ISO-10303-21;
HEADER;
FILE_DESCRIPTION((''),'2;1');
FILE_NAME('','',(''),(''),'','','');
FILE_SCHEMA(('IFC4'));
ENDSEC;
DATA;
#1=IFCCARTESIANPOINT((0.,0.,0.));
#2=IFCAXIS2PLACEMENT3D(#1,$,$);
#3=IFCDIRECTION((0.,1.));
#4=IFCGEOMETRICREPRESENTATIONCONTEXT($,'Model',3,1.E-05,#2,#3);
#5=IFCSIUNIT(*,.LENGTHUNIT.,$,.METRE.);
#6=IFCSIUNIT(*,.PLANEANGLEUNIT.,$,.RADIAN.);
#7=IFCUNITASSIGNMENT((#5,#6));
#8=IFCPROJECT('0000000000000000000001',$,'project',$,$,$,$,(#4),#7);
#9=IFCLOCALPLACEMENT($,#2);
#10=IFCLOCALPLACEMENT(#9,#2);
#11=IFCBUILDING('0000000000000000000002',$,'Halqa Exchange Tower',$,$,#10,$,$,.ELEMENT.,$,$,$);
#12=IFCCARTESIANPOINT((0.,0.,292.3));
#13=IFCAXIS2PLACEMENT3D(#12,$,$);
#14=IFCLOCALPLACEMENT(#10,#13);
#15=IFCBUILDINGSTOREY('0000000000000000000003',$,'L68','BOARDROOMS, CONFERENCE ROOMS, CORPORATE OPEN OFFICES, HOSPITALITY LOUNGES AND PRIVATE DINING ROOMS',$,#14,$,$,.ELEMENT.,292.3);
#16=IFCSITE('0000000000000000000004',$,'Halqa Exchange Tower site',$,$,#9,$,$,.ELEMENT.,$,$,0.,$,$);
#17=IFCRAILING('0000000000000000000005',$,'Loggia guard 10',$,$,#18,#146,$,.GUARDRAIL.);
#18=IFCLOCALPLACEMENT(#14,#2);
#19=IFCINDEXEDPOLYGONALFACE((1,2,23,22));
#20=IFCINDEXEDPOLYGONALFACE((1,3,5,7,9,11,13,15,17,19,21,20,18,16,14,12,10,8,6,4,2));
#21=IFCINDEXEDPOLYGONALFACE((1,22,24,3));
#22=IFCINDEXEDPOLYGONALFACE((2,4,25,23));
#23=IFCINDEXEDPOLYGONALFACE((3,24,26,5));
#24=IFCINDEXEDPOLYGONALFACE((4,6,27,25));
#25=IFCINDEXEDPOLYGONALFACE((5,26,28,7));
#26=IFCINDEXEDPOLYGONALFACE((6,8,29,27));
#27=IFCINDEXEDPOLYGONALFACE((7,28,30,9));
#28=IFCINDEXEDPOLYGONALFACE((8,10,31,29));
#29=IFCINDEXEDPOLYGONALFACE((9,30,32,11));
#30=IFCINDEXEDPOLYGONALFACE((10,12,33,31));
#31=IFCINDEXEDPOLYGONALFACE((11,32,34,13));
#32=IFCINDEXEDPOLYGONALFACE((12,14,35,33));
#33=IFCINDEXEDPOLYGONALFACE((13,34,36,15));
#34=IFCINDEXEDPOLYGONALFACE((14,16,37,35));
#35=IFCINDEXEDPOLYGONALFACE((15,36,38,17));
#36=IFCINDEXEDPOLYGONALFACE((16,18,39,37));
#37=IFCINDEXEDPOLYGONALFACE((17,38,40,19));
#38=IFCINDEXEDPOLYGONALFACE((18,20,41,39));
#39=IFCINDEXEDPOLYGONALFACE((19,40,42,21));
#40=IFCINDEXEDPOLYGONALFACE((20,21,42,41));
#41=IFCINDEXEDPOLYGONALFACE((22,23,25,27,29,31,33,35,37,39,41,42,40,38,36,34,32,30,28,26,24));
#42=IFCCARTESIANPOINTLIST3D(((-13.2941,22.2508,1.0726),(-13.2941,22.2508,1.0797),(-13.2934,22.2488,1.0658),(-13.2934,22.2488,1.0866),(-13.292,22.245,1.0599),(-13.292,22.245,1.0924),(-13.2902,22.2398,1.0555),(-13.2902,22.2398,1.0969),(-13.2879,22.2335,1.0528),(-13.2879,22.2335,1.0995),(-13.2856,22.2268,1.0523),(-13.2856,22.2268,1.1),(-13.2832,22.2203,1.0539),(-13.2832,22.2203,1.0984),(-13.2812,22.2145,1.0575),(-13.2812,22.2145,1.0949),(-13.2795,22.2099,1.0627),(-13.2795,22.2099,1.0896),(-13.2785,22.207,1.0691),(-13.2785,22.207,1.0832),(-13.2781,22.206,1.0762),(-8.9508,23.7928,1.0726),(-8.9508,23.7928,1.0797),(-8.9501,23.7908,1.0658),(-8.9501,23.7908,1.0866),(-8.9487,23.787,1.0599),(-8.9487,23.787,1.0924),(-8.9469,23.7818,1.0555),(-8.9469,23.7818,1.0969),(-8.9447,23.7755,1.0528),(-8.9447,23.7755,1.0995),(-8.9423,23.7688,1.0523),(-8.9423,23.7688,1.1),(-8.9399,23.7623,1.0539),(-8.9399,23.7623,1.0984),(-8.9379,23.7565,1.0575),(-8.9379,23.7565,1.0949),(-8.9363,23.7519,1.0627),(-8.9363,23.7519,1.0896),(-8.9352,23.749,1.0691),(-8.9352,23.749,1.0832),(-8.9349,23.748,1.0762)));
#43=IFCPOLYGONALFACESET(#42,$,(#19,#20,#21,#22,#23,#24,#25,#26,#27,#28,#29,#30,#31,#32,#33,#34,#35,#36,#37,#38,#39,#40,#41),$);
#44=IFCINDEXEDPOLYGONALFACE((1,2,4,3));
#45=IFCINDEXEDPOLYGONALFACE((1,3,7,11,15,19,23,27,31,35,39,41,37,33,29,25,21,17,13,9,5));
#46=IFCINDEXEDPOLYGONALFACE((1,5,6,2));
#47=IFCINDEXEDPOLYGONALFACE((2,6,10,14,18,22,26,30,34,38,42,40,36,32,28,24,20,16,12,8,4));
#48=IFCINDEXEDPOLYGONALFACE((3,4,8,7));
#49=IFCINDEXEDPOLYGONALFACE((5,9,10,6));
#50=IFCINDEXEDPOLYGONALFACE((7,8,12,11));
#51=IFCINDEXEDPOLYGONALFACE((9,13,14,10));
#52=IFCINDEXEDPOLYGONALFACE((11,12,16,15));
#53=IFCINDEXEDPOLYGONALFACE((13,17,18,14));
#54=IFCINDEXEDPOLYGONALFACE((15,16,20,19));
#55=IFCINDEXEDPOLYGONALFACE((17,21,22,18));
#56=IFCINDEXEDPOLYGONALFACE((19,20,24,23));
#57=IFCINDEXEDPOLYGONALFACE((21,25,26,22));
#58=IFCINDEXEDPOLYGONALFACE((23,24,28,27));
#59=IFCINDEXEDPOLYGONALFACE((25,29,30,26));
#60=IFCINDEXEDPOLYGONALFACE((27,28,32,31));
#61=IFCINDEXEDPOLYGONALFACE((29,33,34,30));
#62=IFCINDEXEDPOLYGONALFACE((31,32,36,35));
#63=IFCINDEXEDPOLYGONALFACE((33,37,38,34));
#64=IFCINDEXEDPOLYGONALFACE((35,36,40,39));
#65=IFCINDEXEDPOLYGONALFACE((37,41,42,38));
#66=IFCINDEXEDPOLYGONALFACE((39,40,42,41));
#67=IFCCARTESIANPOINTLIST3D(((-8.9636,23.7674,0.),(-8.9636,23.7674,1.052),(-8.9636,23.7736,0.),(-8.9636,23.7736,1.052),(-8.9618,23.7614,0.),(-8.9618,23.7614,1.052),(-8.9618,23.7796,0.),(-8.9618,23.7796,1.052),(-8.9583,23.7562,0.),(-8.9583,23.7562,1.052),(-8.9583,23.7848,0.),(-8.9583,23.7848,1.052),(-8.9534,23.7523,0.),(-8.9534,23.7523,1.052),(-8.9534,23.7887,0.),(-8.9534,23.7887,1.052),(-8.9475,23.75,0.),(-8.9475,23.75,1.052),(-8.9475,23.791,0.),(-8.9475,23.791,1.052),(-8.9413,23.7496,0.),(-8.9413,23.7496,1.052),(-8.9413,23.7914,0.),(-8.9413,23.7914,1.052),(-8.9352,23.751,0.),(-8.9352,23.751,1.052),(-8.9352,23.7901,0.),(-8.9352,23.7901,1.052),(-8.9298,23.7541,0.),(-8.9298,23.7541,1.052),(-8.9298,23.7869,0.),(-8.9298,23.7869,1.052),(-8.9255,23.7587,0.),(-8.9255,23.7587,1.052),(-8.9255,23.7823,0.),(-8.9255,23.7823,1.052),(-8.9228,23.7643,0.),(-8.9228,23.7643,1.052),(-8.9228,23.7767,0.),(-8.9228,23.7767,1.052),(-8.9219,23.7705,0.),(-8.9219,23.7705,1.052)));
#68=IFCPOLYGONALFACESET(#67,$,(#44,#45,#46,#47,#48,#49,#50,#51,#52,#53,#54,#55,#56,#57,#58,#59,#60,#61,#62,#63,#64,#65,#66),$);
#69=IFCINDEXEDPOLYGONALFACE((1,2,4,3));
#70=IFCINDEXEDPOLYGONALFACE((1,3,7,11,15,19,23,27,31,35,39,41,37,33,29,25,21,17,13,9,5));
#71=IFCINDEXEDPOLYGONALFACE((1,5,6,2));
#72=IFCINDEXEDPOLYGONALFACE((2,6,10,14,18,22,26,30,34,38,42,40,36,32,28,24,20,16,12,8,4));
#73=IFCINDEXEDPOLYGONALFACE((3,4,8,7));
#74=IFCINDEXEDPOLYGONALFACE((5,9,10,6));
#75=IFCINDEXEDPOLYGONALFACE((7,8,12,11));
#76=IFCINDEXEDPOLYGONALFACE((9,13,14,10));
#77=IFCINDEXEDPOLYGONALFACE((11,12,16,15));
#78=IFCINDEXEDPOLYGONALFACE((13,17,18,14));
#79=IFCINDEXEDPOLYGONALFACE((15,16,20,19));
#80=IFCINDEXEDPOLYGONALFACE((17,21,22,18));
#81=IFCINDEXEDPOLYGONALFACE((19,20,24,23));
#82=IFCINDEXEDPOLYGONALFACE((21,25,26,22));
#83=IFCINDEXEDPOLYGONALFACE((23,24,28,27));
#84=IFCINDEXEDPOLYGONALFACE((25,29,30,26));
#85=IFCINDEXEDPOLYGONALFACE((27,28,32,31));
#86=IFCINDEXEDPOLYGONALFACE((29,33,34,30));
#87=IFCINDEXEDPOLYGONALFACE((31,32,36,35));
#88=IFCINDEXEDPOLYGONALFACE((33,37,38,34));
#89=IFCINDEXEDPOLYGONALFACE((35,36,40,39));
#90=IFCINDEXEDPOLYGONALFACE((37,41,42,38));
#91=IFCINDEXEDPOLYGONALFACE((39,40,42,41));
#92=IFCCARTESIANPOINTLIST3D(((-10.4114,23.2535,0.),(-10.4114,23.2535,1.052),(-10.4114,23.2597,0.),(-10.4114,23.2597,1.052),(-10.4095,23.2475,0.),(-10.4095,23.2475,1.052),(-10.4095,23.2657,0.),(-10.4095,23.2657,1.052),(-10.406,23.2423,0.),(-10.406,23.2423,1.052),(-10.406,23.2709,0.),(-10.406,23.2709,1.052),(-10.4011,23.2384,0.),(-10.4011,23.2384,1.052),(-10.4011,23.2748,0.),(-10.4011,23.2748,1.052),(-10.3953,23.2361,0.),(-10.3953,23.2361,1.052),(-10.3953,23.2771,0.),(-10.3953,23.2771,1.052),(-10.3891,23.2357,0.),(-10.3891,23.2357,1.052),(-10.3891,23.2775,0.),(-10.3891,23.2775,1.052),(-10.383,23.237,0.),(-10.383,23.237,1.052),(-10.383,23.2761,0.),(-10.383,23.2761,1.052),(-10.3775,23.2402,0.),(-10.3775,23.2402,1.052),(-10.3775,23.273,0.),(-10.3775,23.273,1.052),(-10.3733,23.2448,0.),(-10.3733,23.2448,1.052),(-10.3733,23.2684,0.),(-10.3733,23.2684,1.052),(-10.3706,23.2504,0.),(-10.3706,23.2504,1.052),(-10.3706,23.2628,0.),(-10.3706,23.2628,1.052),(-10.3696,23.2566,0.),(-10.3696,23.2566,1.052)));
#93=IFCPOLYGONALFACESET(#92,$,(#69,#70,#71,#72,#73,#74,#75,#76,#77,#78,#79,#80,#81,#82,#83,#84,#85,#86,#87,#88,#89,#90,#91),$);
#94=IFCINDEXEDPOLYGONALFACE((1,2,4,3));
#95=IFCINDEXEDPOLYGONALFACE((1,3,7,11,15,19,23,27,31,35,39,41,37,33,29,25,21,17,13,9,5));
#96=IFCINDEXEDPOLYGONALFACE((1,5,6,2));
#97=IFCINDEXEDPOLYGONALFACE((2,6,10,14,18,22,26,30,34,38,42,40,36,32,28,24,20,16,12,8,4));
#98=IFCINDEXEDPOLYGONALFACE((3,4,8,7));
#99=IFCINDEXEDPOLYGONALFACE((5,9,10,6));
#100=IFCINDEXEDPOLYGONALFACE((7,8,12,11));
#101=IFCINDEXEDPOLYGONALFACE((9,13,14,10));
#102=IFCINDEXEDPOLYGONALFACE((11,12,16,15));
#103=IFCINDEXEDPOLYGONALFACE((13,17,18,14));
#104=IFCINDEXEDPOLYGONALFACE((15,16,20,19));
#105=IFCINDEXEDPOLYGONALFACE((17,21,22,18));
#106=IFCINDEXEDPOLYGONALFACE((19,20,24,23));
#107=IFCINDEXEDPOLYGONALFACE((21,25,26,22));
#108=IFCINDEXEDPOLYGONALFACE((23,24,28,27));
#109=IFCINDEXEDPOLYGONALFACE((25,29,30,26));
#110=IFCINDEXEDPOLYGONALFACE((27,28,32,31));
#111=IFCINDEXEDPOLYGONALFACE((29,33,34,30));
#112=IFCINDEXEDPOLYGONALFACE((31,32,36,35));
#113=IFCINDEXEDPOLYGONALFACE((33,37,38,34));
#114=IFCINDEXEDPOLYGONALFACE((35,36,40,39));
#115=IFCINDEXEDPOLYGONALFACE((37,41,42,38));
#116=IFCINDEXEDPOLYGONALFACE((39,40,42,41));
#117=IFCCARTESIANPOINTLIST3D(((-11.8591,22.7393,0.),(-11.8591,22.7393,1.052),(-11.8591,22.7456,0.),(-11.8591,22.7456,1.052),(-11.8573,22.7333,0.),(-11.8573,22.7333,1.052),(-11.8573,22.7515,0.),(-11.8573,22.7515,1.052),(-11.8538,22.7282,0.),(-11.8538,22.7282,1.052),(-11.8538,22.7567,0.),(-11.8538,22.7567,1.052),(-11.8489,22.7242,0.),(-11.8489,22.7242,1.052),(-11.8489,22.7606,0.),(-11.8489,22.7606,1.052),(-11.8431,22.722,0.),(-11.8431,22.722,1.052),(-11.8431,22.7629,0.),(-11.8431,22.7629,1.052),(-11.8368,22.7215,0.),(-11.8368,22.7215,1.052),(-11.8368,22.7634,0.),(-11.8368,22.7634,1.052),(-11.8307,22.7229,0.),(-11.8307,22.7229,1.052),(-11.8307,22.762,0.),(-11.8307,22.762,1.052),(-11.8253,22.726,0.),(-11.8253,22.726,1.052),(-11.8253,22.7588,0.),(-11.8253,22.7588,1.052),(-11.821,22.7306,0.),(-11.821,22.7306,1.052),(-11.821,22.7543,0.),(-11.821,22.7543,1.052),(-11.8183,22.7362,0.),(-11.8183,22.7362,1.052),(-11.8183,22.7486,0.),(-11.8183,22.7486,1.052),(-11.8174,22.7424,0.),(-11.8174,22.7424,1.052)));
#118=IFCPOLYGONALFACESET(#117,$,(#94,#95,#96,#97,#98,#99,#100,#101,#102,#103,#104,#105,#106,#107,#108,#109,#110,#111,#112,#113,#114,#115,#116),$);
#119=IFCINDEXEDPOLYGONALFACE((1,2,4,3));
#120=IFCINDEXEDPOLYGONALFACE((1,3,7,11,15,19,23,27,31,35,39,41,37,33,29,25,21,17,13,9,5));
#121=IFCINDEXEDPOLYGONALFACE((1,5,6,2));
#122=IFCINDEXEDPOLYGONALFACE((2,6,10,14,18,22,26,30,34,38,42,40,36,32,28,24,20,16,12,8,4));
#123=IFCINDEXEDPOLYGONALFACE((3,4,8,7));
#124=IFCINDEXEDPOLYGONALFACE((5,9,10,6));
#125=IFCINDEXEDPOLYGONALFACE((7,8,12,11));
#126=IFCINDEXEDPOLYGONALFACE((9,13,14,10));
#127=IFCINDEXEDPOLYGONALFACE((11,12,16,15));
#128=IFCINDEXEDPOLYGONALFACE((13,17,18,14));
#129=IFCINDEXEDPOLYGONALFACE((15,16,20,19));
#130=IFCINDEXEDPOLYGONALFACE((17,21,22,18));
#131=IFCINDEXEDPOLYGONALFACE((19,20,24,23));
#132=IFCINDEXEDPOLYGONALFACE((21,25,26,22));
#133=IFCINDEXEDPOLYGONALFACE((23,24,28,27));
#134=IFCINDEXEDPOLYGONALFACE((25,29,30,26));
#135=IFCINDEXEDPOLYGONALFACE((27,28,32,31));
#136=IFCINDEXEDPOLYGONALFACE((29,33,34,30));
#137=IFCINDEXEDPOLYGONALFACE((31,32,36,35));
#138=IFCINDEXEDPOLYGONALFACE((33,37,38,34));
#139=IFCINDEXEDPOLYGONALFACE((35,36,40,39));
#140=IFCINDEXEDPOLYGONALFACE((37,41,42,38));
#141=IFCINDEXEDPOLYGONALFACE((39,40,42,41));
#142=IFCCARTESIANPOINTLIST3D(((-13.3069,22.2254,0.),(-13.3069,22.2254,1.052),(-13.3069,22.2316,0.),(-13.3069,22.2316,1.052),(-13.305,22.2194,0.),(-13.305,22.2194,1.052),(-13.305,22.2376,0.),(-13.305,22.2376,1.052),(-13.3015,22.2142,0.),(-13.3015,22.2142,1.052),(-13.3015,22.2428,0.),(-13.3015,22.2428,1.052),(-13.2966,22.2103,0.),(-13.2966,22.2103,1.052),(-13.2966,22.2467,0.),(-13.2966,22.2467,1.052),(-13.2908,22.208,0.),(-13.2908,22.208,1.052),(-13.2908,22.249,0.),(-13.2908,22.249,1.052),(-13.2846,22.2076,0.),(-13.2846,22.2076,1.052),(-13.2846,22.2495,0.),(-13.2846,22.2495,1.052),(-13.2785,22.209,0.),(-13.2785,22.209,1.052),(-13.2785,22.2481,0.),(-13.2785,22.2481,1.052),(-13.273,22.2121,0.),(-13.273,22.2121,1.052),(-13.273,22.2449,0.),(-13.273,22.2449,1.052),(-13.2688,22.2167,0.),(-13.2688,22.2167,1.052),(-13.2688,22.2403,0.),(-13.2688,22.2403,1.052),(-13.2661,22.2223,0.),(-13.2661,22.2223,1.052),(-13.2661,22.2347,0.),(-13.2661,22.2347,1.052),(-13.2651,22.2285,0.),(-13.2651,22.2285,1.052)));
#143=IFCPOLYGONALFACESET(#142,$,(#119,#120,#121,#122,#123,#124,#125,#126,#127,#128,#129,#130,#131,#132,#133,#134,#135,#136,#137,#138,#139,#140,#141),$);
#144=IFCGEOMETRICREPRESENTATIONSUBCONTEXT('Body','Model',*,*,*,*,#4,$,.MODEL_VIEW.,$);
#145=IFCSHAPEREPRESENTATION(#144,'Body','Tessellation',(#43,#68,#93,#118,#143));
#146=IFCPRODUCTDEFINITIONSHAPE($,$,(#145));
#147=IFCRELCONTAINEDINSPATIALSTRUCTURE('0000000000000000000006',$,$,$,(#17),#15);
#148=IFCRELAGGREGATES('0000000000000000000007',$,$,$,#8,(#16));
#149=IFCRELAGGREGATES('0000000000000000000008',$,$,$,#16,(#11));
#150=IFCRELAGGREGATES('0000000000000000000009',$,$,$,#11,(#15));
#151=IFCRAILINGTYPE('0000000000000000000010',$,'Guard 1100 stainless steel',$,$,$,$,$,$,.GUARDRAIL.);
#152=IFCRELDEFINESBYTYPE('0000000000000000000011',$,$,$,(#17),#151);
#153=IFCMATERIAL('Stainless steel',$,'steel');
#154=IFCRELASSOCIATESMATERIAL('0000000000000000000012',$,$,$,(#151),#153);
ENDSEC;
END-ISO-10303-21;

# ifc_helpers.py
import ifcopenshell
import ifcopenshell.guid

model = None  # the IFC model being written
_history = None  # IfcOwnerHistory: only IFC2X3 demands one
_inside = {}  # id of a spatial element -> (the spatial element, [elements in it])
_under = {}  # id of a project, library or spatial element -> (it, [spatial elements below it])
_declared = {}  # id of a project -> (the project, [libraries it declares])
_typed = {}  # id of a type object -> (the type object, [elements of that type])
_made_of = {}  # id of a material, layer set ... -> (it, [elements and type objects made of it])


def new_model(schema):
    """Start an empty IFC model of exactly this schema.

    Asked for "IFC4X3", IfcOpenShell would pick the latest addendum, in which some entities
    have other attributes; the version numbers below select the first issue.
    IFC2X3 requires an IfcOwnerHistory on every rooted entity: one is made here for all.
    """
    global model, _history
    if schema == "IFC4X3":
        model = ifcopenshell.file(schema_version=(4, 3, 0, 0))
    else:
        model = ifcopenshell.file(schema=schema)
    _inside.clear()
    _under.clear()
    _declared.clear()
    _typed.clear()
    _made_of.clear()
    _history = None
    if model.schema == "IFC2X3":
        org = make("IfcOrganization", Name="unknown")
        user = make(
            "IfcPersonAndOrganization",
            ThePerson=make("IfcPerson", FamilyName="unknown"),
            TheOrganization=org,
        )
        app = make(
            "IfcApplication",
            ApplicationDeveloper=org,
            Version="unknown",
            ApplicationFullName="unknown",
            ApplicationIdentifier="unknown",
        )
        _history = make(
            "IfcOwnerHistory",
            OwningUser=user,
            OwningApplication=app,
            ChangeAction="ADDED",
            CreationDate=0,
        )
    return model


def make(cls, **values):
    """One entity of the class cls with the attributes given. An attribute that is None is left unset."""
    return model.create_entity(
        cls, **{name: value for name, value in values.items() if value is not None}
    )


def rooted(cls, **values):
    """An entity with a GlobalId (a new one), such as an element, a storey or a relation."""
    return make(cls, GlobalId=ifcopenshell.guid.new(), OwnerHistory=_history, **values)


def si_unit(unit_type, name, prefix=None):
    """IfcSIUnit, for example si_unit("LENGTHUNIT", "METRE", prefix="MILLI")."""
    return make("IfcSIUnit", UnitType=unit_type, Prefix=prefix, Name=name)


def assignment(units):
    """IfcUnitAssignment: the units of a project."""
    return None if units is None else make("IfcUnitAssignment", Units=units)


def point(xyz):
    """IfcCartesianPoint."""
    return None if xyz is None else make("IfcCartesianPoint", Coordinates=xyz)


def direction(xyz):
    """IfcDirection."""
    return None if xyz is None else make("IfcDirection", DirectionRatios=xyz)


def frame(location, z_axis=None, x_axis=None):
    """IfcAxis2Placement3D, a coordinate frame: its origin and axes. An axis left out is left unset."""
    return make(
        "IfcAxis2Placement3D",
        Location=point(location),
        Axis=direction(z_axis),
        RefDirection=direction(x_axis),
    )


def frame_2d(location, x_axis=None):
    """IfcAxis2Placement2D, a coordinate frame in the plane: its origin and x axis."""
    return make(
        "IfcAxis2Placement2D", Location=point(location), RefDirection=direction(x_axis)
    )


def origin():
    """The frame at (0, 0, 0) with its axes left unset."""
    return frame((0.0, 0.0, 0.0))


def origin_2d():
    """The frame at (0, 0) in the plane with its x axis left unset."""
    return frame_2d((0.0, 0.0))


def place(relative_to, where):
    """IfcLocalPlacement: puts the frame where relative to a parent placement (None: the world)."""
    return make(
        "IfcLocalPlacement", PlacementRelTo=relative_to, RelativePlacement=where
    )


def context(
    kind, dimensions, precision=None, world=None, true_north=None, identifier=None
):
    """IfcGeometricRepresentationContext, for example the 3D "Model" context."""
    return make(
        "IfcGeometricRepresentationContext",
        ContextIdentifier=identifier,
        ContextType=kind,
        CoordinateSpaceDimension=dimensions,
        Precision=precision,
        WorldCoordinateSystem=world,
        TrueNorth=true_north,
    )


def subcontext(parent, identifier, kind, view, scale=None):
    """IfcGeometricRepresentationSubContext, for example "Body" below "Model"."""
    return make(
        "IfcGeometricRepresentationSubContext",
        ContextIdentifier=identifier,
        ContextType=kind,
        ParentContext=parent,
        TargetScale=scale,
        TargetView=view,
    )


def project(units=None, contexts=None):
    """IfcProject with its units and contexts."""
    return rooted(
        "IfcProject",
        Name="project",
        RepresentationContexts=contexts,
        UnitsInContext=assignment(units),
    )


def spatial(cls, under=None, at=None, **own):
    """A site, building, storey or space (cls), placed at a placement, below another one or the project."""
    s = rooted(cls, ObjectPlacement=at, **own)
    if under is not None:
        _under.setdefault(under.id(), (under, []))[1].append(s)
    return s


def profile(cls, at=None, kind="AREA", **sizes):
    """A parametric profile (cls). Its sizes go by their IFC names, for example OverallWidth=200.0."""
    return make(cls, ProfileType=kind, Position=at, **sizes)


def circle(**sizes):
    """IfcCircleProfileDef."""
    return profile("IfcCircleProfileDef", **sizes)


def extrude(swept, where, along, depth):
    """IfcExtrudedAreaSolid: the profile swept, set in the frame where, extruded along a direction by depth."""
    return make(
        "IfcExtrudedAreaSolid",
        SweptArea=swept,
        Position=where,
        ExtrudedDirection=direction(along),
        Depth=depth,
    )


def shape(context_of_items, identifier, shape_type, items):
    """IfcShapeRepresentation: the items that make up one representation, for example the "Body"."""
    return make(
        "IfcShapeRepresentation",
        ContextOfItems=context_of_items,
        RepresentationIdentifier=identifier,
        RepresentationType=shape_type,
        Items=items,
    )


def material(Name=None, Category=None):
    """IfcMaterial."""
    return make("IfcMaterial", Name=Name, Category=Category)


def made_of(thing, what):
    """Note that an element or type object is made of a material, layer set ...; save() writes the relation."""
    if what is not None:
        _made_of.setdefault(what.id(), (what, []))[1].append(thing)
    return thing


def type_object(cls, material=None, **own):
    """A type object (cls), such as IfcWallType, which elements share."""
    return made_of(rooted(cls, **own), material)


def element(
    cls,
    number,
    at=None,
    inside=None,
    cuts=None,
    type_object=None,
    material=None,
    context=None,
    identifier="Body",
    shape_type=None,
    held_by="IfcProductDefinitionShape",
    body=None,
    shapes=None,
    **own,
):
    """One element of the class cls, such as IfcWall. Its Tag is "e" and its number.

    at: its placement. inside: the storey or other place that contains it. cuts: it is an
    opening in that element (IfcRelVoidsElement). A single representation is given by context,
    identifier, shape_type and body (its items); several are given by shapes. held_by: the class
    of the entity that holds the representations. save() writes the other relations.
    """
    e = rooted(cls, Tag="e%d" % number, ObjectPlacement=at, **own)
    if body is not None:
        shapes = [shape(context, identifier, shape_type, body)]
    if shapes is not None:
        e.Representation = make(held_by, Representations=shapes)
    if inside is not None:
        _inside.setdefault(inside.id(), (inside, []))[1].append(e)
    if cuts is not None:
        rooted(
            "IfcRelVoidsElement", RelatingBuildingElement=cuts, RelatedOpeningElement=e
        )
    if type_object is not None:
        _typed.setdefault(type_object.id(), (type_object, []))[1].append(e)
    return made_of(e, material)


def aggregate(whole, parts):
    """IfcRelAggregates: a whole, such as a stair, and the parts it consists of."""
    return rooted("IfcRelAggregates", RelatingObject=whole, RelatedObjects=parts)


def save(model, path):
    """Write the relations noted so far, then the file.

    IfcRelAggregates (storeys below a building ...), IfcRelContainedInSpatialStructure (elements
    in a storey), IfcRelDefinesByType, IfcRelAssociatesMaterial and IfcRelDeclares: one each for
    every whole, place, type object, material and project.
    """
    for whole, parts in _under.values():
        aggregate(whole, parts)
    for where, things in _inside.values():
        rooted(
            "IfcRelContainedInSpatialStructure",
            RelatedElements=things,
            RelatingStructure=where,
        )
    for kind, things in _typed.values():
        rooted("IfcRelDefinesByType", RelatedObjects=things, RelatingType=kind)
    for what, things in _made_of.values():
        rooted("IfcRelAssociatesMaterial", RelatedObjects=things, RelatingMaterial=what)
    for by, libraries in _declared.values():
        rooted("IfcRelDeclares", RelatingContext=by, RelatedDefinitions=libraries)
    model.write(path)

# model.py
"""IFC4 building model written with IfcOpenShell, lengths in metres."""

from ifc_helpers import new_model, si_unit, direction, frame, origin, origin_2d, place, context, subcontext, project, spatial, circle, extrude, material, type_object, element, save


model = new_model("IFC4")

# Units and contexts
model_context = context("Model", 3, precision=1e-05, world=origin(), true_north=direction((0.0, 1.0)))
body_context = subcontext(model_context, "Body", "Model", "MODEL_VIEW")
ifc_project = project(units=[si_unit("LENGTHUNIT", "METRE"), si_unit("PLANEANGLEUNIT", "RADIAN")], contexts=[model_context])

# Site, building, storey
site_placement = place(None, origin())
site = spatial("IfcSite", under=ifc_project, at=site_placement, Name="Halqa Exchange Tower site", CompositionType="ELEMENT", RefElevation=0.0)
building_placement = place(site_placement, origin())
building = spatial("IfcBuilding", under=site, at=building_placement, Name="Halqa Exchange Tower", CompositionType="ELEMENT")
storey_placement = place(building_placement, frame((0.0, 0.0, 292.3)))
storey = spatial("IfcBuildingStorey", under=building, at=storey_placement, Name="L68", Description="BOARDROOMS, CONFERENCE ROOMS, CORPORATE OPEN OFFICES, HOSPITALITY LOUNGES AND PRIVATE DINING ROOMS", CompositionType="ELEMENT", Elevation=292.3)

# Railing
ifc_material_1 = material(Name="Stainless steel", Category="steel")
railing_type_1 = type_object("IfcRailingType", Name="Guard 1100 stainless steel", PredefinedType="GUARDRAIL", material=ifc_material_1)
railing_1_placement = place(storey_placement, frame((-8.9429, 23.7705, 0.0)))
element("IfcRailing", 1, at=railing_1_placement, inside=storey, type_object=railing_type_1, Name="Loggia guard 10", PredefinedType="GUARDRAIL", context=body_context, shape_type="SweptSolid", body=[
    extrude(circle(Radius=0.0239, at=origin_2d()), frame((0.0, 0.0, 1.0762), z_axis=(-0.942371, -0.334571, 0.0), x_axis=(0.334571, -0.942371, 0.0)), (0.0, 0.0, 1.0), 4.6089),
    extrude(circle(Radius=0.021, at=origin_2d()), origin(), (0.0, 0.0, 1.0), 1.052),
    extrude(circle(Radius=0.021, at=origin_2d()), frame((-1.4478, -0.5139, 0.0)), (0.0, 0.0, 1.0), 1.052),
    extrude(circle(Radius=0.021, at=origin_2d()), frame((-2.8955, -1.0281, 0.0)), (0.0, 0.0, 1.0), 1.052),
    extrude(circle(Radius=0.021, at=origin_2d()), frame((-4.3433, -1.542, 0.0)), (0.0, 0.0, 1.0), 1.052),
])

save(model, "model.ifc")
